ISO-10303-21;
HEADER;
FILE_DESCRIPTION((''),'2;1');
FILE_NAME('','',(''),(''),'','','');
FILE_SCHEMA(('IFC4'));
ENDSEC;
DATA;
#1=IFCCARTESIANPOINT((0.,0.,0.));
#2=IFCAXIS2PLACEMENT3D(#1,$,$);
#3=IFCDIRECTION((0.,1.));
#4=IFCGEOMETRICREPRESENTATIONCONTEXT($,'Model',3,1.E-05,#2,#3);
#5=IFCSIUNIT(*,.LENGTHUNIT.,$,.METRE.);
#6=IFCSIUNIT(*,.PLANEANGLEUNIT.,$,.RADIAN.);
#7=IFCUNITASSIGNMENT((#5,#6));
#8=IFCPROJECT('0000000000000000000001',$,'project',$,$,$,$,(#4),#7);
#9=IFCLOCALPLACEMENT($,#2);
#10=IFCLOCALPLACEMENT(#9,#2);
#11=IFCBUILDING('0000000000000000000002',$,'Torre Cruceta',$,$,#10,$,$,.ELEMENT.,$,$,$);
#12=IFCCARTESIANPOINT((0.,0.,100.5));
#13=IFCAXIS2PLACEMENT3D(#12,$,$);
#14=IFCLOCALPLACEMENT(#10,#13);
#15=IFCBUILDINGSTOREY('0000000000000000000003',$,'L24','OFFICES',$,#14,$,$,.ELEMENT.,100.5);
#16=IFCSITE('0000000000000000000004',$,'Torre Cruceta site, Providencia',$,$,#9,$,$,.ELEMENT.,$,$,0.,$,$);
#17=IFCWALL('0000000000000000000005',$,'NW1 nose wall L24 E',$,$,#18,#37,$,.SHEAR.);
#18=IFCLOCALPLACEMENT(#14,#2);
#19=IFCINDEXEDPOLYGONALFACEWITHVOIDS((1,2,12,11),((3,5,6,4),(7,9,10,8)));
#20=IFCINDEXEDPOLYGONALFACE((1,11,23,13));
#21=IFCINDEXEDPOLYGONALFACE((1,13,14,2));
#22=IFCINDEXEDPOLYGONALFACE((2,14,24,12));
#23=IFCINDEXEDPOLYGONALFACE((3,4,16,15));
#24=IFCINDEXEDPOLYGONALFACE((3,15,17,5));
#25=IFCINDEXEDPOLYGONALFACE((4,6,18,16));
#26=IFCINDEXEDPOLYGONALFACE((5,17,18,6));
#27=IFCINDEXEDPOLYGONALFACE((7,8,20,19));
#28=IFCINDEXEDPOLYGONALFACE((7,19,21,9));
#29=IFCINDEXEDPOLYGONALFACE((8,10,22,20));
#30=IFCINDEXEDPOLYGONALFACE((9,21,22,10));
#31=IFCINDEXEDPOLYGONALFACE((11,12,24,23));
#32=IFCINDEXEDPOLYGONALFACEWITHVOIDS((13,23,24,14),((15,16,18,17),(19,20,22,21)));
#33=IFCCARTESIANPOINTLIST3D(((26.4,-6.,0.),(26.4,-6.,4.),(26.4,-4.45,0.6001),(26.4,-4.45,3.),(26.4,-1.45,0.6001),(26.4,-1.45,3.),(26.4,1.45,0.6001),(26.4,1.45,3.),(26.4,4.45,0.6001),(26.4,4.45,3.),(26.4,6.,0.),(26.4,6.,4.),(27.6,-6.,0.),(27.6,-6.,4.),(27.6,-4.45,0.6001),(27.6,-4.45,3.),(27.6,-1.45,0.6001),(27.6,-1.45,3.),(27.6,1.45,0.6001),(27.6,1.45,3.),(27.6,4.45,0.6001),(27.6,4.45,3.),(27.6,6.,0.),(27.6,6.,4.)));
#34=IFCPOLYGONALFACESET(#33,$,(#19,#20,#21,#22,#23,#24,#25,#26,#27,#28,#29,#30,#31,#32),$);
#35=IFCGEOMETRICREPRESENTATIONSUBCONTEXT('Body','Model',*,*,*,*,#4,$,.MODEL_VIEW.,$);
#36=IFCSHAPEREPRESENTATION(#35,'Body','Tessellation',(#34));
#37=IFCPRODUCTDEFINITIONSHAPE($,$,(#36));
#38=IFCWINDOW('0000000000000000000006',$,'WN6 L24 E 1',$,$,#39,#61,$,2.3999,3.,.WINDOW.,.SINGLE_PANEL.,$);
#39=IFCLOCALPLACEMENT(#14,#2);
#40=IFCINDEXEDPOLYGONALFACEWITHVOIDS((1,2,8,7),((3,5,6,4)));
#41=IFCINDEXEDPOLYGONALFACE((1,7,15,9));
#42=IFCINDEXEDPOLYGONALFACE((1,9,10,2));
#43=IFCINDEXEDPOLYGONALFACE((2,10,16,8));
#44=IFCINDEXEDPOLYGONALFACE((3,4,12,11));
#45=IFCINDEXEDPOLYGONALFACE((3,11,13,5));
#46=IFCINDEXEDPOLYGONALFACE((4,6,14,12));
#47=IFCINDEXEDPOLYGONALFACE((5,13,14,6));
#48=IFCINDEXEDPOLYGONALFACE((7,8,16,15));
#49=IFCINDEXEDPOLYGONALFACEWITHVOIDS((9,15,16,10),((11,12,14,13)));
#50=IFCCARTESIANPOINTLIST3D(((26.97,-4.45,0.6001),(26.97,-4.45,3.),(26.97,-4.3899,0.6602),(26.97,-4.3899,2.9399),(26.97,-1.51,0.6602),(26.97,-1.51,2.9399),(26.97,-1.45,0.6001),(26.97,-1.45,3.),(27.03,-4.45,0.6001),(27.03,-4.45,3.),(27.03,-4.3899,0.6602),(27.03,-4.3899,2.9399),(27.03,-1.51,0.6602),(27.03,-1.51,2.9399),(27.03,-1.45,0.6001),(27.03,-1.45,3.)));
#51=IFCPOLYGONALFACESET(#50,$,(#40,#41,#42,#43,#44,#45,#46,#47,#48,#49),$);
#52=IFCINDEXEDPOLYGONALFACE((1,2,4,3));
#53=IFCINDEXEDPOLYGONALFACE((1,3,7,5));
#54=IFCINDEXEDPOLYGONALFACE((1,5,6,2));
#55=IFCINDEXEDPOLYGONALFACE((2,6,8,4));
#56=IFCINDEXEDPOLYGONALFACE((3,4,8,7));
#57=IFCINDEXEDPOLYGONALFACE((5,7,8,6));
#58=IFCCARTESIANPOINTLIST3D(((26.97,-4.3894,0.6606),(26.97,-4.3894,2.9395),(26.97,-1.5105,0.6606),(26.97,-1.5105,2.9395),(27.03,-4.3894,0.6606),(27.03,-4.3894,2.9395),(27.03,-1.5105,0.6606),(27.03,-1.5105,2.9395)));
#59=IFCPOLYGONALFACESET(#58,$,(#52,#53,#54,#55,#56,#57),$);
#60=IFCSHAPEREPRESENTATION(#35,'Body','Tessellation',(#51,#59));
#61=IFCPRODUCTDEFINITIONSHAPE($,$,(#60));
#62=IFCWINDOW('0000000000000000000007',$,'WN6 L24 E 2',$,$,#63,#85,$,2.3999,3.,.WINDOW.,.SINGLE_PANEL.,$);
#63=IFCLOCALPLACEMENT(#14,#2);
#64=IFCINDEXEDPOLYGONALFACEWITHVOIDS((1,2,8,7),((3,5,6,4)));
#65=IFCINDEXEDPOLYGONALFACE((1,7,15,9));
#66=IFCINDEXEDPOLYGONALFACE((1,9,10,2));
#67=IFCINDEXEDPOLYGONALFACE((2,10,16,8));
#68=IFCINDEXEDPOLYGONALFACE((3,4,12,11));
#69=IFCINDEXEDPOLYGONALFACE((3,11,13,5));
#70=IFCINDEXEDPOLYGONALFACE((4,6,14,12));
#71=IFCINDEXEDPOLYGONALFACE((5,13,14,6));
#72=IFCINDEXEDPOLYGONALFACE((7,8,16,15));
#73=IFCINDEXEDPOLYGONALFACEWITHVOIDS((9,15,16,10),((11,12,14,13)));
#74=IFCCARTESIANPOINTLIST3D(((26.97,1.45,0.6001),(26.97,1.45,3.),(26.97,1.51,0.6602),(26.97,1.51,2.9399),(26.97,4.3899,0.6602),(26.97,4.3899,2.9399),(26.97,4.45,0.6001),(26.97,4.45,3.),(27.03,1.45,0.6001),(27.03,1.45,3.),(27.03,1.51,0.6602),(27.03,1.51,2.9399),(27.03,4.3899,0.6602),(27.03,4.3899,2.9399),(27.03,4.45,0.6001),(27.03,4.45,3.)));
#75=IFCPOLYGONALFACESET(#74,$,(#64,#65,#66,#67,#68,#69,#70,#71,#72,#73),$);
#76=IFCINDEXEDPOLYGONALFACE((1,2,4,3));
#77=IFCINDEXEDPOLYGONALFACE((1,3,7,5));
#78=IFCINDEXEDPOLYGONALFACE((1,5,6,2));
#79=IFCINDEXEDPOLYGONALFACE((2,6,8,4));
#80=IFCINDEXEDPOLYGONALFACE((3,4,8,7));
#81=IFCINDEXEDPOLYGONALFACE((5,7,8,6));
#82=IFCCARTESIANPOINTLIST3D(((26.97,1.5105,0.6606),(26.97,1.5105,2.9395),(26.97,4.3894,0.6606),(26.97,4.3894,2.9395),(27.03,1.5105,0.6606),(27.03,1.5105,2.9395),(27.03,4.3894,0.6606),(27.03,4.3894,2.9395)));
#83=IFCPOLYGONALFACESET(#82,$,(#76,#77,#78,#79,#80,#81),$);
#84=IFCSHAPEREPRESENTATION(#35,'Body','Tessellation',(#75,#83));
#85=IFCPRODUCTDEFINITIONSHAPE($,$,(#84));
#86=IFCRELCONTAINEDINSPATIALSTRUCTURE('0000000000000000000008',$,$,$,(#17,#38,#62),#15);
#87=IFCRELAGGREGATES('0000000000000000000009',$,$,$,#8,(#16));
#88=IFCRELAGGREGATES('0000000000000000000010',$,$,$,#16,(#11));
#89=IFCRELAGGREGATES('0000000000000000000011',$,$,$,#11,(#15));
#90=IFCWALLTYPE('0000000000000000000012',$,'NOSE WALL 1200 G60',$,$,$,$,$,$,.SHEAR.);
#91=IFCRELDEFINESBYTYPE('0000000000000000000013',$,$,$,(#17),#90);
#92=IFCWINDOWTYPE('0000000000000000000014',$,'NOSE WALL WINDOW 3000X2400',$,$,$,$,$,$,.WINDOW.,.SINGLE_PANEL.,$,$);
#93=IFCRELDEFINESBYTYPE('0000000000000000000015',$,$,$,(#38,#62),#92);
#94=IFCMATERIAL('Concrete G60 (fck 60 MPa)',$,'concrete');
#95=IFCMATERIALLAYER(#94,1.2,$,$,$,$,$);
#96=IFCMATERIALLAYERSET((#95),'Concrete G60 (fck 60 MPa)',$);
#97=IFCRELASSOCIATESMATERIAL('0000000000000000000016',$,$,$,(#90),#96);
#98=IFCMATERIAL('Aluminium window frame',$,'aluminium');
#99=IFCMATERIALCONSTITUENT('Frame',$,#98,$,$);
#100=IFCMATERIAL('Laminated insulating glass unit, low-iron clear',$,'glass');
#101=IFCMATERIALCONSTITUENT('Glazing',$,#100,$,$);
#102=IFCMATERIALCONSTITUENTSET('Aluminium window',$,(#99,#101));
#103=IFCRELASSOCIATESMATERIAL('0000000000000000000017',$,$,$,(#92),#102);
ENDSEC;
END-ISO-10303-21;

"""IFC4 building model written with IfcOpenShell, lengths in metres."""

from ifc_helpers import new_model, si_unit, direction, frame, frame_2d, origin, place, context, subcontext, project, spatial, rectangle, hollow_rectangle, extrude, material, layer, layer_set, constituent, constituent_set, type_object, element, fill, save


model = new_model("IFC4")

# Units and contexts
model_context = context("Model", 3, precision=1e-05, world=origin(), true_north=direction((0.0, 1.0)))
body_context = subcontext(model_context, "Body", "Model", "MODEL_VIEW")
ifc_project = project(units=[si_unit("LENGTHUNIT", "METRE"), si_unit("PLANEANGLEUNIT", "RADIAN")], contexts=[model_context])

# Site, building, storey
site_placement = place(None, origin())
site = spatial("IfcSite", under=ifc_project, at=site_placement, Name="Torre Cruceta site, Providencia", CompositionType="ELEMENT", RefElevation=0.0)
building_placement = place(site_placement, origin())
building = spatial("IfcBuilding", under=site, at=building_placement, Name="Torre Cruceta", CompositionType="ELEMENT")
storey_placement = place(building_placement, frame((0.0, 0.0, 100.5)))
storey = spatial("IfcBuildingStorey", under=building, at=storey_placement, Name="L24", Description="OFFICES", CompositionType="ELEMENT", Elevation=100.5)

# Wall, openings, windows
ifc_material_1 = material(Name="Concrete G60 (fck 60 MPa)", Category="concrete")
ifc_layer_1 = layer(ifc_material_1, 1.2)
ifc_layer_set_1 = layer_set([ifc_layer_1], Name="Concrete G60 (fck 60 MPa)")
wall_type_1 = type_object("IfcWallType", Name="NOSE WALL 1200 G60", PredefinedType="SHEAR", material=ifc_layer_set_1)
wall_1_placement = place(storey_placement, frame((27.0, -6.0, 0.0), z_axis=(0.0, 0.0, 1.0), x_axis=(0.0, 1.0, 0.0)))
wall_1 = element("IfcWall", 1, at=wall_1_placement, inside=storey, type_object=wall_type_1, Name="NW1 nose wall L24 E", PredefinedType="SHEAR", context=body_context, shape_type="SweptSolid", body=[
    extrude(rectangle(XDim=12.0, YDim=1.2, at=frame_2d((6.0, 0.0))), origin(), (0.0, 0.0, 1.0), 4.0),
])
opening_1_placement = place(wall_1_placement, frame((1.55, 0.0, 0.6001)))
opening_1 = element("IfcOpeningElement", 2, at=opening_1_placement, cuts=wall_1, PredefinedType="OPENING", context=body_context, shape_type="SweptSolid", body=[
    extrude(rectangle(XDim=3.0, YDim=2.3999, at=frame_2d((1.5, 1.2))), frame((0.0, 0.6099, 0.0), z_axis=(0.0, -1.0, 0.0), x_axis=(1.0, 0.0, 0.0)), (0.0, 0.0, 1.0), 1.22),
])
opening_2_placement = place(wall_1_placement, frame((7.45, 0.0, 0.6001)))
opening_2 = element("IfcOpeningElement", 3, at=opening_2_placement, cuts=wall_1, PredefinedType="OPENING", context=body_context, shape_type="SweptSolid", body=[
    extrude(rectangle(XDim=3.0, YDim=2.3999, at=frame_2d((1.5, 1.2))), frame((0.0, 0.6099, 0.0), z_axis=(0.0, -1.0, 0.0), x_axis=(1.0, 0.0, 0.0)), (0.0, 0.0, 1.0), 1.22),
])
ifc_material_2 = material(Name="Aluminium window frame", Category="aluminium")
ifc_constituent_1 = constituent(ifc_material_2, Name="Frame")
ifc_material_3 = material(Name="Laminated insulating glass unit, low-iron clear", Category="glass")
ifc_constituent_2 = constituent(ifc_material_3, Name="Glazing")
ifc_constituent_set_1 = constituent_set(constituents=[ifc_constituent_1, ifc_constituent_2], Name="Aluminium window")
window_type_1 = type_object("IfcWindowType", Name="NOSE WALL WINDOW 3000X2400", PartitioningType="SINGLE_PANEL", PredefinedType="WINDOW", material=ifc_constituent_set_1)
window_1_placement = place(opening_1_placement, origin())
window_1 = element("IfcWindow", 4, at=window_1_placement, inside=storey, type_object=window_type_1, Name="WN6 L24 E 1", OverallHeight=2.3999, OverallWidth=3.0, PartitioningType="SINGLE_PANEL", PredefinedType="WINDOW", context=body_context, shape_type="SweptSolid", body=[
    extrude(hollow_rectangle(XDim=3.0, YDim=2.3999, WallThickness=0.0601, at=frame_2d((1.5, 1.2))), frame((0.0, 0.03, 0.0), z_axis=(0.0, -1.0, 0.0), x_axis=(1.0, 0.0, 0.0)), (0.0, 0.0, 1.0), 0.0601),
    extrude(rectangle(XDim=2.8789, YDim=2.2788, at=frame_2d((1.5, 1.2))), frame((0.0, 0.03, 0.0), z_axis=(0.0, -1.0, 0.0), x_axis=(1.0, 0.0, 0.0)), (0.0, 0.0, 1.0), 0.0601),
])
fill(opening_1, window_1)
window_2_placement = place(opening_2_placement, origin())
window_2 = element("IfcWindow", 5, at=window_2_placement, inside=storey, type_object=window_type_1, Name="WN6 L24 E 2", OverallHeight=2.3999, OverallWidth=3.0, PartitioningType="SINGLE_PANEL", PredefinedType="WINDOW", context=body_context, shape_type="SweptSolid", body=[
    extrude(hollow_rectangle(XDim=3.0, YDim=2.3999, WallThickness=0.0601, at=frame_2d((1.5, 1.2))), frame((0.0, 0.03, 0.0), z_axis=(0.0, -1.0, 0.0), x_axis=(1.0, 0.0, 0.0)), (0.0, 0.0, 1.0), 0.0601),
    extrude(rectangle(XDim=2.8789, YDim=2.2788, at=frame_2d((1.5, 1.2))), frame((0.0, 0.03, 0.0), z_axis=(0.0, -1.0, 0.0), x_axis=(1.0, 0.0, 0.0)), (0.0, 0.0, 1.0), 0.0601),
])
fill(opening_2, window_2)

save(model, "model.ifc")
